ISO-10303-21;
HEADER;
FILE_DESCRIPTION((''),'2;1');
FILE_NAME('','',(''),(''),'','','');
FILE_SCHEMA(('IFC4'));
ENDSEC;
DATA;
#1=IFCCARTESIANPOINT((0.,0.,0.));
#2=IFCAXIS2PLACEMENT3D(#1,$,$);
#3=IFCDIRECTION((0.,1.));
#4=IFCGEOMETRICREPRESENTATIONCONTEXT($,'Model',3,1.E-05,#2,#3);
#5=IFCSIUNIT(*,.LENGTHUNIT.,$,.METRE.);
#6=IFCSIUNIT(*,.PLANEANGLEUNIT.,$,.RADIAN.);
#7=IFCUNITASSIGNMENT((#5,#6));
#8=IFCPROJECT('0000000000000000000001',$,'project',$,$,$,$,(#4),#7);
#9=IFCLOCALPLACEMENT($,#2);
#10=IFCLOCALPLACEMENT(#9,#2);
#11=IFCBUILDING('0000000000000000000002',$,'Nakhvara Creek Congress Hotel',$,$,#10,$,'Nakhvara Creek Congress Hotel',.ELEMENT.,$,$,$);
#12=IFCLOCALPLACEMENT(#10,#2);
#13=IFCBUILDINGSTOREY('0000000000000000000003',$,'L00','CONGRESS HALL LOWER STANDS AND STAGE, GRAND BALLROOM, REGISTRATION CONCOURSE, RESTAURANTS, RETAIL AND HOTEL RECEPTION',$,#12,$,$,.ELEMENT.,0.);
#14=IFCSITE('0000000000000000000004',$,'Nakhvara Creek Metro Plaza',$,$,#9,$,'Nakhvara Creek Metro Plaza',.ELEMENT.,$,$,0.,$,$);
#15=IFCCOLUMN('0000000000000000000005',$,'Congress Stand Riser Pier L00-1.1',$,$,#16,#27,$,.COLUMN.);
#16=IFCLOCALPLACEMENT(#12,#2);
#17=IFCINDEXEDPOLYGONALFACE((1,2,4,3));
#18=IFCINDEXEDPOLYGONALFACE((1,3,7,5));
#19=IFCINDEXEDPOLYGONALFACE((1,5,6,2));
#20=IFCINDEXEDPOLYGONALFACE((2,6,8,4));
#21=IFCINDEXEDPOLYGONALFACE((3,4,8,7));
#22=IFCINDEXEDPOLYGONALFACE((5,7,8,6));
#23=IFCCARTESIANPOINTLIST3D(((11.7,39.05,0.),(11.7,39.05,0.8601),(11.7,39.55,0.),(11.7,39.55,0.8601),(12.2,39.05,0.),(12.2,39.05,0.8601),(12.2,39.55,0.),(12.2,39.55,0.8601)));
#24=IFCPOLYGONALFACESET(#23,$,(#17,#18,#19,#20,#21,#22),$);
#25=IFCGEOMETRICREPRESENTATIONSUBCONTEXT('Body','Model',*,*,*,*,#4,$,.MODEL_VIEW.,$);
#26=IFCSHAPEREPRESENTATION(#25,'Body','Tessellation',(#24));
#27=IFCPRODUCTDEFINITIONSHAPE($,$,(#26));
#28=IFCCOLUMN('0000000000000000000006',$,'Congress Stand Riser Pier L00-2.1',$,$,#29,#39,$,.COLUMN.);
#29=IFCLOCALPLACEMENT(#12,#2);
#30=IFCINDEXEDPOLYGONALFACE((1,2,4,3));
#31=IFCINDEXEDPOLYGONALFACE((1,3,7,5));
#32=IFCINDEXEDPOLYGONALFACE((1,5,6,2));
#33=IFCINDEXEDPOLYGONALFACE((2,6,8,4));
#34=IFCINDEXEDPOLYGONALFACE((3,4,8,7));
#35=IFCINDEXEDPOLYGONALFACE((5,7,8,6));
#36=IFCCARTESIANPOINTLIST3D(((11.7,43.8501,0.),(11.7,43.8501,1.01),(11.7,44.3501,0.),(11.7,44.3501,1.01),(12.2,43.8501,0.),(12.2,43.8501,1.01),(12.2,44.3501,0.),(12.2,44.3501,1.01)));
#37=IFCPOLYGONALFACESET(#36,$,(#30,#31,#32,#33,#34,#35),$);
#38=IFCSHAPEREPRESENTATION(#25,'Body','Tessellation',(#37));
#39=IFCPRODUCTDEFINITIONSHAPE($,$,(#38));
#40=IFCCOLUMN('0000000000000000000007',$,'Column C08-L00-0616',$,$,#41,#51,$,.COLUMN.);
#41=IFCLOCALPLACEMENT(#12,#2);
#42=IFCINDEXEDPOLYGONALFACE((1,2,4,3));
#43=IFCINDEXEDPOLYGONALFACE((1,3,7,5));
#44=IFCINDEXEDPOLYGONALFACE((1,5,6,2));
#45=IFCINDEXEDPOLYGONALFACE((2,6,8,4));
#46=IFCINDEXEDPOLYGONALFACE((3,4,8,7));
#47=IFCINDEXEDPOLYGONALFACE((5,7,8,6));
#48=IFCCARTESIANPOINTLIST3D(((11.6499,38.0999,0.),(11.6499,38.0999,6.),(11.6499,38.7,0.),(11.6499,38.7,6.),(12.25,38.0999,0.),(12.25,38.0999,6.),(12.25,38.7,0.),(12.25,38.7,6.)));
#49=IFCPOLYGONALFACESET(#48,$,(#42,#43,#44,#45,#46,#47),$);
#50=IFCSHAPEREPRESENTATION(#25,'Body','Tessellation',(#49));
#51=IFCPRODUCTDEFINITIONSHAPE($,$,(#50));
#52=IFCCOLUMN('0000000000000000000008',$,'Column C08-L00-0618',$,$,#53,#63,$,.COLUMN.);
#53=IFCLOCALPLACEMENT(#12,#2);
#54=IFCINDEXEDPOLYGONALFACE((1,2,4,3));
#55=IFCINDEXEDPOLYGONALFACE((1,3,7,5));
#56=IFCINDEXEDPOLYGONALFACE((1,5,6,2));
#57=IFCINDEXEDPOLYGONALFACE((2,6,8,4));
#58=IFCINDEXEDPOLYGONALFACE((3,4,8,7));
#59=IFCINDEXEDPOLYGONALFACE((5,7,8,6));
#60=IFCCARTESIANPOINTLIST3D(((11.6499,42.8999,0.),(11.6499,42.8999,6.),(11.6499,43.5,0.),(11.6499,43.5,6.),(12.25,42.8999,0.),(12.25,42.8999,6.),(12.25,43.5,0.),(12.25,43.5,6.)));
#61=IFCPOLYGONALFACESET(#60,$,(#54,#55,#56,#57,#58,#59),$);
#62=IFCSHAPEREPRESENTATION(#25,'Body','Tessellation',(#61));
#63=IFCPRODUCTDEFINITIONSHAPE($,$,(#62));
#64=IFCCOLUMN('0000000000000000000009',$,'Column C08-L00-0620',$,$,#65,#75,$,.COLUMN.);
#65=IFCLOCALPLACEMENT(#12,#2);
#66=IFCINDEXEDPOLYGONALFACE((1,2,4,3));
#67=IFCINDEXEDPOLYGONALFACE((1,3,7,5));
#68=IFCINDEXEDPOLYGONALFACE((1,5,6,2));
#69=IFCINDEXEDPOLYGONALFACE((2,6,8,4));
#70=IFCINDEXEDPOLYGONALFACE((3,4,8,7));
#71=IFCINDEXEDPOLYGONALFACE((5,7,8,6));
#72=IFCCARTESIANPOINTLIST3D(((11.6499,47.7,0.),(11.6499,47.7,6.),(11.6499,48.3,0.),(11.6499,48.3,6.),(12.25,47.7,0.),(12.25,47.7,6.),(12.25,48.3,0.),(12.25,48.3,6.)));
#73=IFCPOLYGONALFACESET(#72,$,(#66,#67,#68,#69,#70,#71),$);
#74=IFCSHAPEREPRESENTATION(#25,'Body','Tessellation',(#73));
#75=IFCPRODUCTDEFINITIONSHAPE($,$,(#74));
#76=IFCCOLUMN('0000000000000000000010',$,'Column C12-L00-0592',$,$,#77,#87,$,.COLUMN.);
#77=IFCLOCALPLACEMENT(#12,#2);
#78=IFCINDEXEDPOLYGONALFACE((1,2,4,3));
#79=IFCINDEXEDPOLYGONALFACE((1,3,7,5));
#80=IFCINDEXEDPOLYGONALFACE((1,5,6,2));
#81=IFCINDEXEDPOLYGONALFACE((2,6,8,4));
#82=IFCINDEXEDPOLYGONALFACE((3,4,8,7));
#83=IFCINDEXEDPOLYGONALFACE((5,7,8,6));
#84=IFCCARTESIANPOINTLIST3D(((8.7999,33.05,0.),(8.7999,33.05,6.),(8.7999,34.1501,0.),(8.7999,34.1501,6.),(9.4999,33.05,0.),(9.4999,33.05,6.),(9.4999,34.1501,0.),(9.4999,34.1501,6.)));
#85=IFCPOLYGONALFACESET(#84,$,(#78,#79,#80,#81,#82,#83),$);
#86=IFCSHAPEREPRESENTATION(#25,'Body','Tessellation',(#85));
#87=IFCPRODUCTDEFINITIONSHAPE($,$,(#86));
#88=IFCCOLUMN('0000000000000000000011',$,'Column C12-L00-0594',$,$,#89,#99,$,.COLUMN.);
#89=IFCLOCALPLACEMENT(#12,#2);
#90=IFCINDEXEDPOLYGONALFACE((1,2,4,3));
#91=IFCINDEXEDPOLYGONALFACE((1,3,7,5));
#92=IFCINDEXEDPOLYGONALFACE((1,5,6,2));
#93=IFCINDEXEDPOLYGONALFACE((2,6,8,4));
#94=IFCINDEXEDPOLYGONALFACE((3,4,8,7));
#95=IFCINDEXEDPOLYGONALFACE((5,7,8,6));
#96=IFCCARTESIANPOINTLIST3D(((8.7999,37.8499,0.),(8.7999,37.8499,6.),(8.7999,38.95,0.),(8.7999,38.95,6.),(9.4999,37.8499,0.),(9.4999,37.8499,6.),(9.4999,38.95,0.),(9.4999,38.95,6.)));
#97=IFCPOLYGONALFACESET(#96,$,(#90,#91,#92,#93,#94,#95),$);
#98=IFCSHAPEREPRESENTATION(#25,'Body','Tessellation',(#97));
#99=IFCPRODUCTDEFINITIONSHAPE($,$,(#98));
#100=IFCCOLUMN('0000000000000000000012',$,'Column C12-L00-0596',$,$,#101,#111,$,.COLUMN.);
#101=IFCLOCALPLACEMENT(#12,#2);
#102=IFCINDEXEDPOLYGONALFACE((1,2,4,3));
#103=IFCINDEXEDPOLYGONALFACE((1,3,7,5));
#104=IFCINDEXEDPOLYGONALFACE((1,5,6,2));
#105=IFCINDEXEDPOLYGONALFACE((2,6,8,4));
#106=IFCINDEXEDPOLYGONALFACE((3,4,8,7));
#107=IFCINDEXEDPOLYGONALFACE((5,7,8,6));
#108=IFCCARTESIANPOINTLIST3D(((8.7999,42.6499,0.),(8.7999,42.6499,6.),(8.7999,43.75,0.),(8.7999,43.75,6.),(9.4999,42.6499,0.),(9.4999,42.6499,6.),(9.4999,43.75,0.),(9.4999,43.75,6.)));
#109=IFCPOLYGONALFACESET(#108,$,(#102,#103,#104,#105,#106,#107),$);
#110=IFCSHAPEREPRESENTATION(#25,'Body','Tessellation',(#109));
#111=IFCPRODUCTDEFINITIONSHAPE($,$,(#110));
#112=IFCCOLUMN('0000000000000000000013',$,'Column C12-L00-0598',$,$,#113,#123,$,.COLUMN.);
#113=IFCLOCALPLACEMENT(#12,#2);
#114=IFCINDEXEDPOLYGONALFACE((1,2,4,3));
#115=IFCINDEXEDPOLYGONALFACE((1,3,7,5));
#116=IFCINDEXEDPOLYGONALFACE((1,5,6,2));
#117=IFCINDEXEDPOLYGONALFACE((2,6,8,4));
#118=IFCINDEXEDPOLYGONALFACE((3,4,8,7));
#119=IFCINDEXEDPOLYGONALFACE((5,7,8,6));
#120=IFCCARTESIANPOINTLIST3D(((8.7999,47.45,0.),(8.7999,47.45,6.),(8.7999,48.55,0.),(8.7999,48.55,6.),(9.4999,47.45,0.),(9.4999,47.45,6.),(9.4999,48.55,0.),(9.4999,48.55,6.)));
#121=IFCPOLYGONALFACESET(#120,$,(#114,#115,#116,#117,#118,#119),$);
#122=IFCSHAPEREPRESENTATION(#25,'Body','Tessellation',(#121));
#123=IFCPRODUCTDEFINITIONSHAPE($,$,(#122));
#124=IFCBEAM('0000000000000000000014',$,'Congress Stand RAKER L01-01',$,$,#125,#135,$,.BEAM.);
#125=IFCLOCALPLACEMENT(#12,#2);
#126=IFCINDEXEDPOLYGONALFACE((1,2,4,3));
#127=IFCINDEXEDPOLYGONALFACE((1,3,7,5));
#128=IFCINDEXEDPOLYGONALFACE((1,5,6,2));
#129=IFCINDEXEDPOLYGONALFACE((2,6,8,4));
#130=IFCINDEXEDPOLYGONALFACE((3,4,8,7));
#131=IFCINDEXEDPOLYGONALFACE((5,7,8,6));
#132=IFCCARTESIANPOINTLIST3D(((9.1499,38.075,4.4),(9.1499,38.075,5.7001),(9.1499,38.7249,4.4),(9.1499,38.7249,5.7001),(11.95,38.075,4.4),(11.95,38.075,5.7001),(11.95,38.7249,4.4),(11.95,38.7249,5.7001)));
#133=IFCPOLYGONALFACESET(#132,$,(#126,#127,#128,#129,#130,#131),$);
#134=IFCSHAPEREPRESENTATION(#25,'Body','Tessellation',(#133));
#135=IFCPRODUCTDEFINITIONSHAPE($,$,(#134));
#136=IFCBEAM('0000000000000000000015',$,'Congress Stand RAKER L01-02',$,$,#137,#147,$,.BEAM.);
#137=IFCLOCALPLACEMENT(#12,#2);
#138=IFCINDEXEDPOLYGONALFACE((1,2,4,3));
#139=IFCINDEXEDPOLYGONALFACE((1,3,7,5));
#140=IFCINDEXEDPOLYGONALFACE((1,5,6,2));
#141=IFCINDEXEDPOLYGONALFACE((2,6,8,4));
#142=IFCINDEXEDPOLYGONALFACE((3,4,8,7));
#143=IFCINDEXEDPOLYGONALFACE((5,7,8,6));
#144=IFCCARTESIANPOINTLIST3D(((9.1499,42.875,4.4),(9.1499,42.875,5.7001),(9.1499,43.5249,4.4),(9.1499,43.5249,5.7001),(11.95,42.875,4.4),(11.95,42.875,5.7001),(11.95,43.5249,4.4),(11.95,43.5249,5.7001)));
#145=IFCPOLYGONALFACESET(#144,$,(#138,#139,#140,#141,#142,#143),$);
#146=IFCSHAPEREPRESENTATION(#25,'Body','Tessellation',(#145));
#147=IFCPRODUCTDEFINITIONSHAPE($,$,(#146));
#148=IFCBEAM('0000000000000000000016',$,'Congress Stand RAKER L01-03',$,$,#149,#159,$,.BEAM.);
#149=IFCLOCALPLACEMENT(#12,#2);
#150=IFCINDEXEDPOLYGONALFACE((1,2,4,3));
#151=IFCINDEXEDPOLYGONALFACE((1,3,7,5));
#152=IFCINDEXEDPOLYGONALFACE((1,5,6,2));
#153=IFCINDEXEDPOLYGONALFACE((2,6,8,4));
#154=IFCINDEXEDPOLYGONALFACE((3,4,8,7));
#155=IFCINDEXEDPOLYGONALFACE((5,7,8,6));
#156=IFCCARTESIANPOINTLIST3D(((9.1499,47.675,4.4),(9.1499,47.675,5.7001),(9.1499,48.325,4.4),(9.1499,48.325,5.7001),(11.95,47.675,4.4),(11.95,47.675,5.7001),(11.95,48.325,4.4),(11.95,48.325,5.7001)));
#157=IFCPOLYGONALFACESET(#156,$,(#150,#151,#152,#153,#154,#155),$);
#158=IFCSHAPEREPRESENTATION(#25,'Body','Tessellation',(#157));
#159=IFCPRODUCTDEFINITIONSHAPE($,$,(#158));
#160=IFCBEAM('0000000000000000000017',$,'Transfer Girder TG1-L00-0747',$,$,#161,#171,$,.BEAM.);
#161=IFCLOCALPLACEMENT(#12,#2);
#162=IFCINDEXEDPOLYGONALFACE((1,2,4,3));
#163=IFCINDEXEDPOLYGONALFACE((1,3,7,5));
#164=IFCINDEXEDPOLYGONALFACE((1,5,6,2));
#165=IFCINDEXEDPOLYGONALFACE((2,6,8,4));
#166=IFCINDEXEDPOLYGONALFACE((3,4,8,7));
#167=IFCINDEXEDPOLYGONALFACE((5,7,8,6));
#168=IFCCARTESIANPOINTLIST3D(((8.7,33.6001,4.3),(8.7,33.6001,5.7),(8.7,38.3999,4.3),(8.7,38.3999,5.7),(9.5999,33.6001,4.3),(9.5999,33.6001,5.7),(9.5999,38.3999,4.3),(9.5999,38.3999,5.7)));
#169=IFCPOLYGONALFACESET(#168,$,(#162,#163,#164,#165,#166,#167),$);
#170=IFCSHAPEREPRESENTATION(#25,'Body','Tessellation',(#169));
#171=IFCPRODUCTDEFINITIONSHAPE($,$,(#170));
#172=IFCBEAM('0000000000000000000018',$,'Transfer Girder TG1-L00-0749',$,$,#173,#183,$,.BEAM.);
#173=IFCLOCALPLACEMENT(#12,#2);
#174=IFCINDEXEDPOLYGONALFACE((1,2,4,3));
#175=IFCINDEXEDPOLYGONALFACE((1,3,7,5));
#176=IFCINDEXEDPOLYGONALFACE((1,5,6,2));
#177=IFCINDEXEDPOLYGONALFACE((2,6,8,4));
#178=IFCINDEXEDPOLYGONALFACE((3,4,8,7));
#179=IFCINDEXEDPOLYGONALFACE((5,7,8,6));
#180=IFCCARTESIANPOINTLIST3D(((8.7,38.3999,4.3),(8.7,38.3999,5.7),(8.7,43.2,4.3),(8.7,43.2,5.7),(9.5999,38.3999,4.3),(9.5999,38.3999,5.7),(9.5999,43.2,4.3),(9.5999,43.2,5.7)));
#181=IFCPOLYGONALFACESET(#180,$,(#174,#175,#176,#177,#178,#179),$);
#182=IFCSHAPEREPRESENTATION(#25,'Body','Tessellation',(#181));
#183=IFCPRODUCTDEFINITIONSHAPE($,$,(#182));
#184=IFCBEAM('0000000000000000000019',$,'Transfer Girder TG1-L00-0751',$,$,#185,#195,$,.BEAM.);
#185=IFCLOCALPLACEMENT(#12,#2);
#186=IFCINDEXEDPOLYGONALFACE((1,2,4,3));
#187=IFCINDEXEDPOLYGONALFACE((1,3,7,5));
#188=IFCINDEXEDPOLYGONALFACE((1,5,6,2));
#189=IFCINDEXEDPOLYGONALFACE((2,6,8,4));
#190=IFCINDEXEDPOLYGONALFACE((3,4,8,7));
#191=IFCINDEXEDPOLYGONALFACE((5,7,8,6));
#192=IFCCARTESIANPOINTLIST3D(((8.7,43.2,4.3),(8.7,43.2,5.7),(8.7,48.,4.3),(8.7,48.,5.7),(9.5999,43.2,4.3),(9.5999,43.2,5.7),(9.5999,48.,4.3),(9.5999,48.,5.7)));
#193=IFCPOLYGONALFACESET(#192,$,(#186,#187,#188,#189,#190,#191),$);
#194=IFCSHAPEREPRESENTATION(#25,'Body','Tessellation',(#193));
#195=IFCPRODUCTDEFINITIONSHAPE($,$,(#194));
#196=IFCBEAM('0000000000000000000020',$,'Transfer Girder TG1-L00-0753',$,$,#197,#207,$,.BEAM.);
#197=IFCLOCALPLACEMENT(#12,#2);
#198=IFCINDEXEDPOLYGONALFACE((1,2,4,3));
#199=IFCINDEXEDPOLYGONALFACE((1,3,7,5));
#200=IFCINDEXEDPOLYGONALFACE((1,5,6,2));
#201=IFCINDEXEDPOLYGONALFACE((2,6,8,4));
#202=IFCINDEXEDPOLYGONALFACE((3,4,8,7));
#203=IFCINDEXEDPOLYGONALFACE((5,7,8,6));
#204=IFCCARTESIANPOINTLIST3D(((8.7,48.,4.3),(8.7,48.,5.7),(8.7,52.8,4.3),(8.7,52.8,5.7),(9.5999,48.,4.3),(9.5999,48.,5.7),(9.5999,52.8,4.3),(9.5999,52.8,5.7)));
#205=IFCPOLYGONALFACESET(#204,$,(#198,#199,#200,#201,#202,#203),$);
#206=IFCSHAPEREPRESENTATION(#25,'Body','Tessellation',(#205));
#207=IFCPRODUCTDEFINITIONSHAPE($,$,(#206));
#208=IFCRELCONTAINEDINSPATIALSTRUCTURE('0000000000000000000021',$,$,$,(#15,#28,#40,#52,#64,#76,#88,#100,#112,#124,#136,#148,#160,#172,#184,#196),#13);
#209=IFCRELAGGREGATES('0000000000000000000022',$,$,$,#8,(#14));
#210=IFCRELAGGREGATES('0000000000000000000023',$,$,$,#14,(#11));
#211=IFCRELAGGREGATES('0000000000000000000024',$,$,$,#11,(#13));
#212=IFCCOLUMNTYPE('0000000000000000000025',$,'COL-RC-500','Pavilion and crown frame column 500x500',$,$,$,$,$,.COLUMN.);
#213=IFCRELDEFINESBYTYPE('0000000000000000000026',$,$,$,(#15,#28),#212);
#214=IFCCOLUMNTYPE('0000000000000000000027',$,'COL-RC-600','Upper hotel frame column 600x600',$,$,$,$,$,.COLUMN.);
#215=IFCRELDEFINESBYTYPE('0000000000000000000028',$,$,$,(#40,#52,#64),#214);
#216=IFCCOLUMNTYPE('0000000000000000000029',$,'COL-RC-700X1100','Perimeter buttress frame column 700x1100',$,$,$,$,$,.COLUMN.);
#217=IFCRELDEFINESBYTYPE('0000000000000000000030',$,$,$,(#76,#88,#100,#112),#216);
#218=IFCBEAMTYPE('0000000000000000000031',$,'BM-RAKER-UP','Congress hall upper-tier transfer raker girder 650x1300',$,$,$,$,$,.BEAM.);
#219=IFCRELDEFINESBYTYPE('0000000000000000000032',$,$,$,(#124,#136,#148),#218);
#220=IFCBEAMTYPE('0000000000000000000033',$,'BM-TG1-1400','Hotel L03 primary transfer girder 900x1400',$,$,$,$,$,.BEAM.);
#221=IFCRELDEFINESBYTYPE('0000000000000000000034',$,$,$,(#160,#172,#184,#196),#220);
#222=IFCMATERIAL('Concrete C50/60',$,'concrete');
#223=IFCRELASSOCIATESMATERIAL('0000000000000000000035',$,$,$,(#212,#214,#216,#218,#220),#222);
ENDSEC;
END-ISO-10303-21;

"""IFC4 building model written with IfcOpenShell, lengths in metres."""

from ifc_helpers import new_model, si_unit, direction, frame, origin, origin_2d, place, context, subcontext, project, spatial, rectangle, extrude, material, material_profile, profile_set, type_object, element, save


model = new_model("IFC4")

# Units and contexts
model_context = context("Model", 3, precision=1e-05, world=origin(), true_north=direction((0.0, 1.0)))
body_context = subcontext(model_context, "Body", "Model", "MODEL_VIEW")
ifc_project = project(units=[si_unit("LENGTHUNIT", "METRE"), si_unit("PLANEANGLEUNIT", "RADIAN")], contexts=[model_context])

# Site, building, storey
site_placement = place(None, origin())
site = spatial("IfcSite", under=ifc_project, at=site_placement, Name="Nakhvara Creek Metro Plaza", LongName="Nakhvara Creek Metro Plaza", CompositionType="ELEMENT", RefElevation=0.0)
building_placement = place(site_placement, origin())
building = spatial("IfcBuilding", under=site, at=building_placement, Name="Nakhvara Creek Congress Hotel", LongName="Nakhvara Creek Congress Hotel", CompositionType="ELEMENT")
storey_placement = place(building_placement, origin())
storey = spatial("IfcBuildingStorey", under=building, at=storey_placement, Name="L00", Description="CONGRESS HALL LOWER STANDS AND STAGE, GRAND BALLROOM, REGISTRATION CONCOURSE, RESTAURANTS, RETAIL AND HOTEL RECEPTION", CompositionType="ELEMENT", Elevation=0.0)

# Columns
ifc_material_1 = material(Name="Concrete C50/60", Category="concrete")
ifc_material_profile_1 = material_profile(ifc_material_1, rectangle(XDim=0.5, YDim=0.5, at=origin_2d()), Name="RC-COL 500x500", Category="LoadBearing")
ifc_profile_set_1 = profile_set([ifc_material_profile_1], Name="Concrete C50/60")
column_type_1 = type_object("IfcColumnType", Name="COL-RC-500", Description="Pavilion and crown frame column 500x500", PredefinedType="COLUMN", material=ifc_profile_set_1)
column_1_placement = place(storey_placement, frame((11.95, 39.3, 0.0), z_axis=(0.0, 0.0, 1.0), x_axis=(1.0, 0.0, 0.0)))
element("IfcColumn", 1, at=column_1_placement, inside=storey, type_object=column_type_1, Name="Congress Stand Riser Pier L00-1.1", PredefinedType="COLUMN", context=body_context, shape_type="SweptSolid", body=[
    extrude(rectangle(XDim=0.5, YDim=0.5, at=origin_2d()), origin(), (0.0, 0.0, 1.0), 0.8601),
])
column_2_placement = place(storey_placement, frame((11.95, 44.1001, 0.0), z_axis=(0.0, 0.0, 1.0), x_axis=(1.0, 0.0, 0.0)))
element("IfcColumn", 2, at=column_2_placement, inside=storey, type_object=column_type_1, Name="Congress Stand Riser Pier L00-2.1", PredefinedType="COLUMN", context=body_context, shape_type="SweptSolid", body=[
    extrude(rectangle(XDim=0.5, YDim=0.5, at=origin_2d()), origin(), (0.0, 0.0, 1.0), 1.01),
])
ifc_material_profile_2 = material_profile(ifc_material_1, rectangle(XDim=0.6001, YDim=0.6001, at=origin_2d()), Name="RC-COL 600x600", Category="LoadBearing")
ifc_profile_set_2 = profile_set([ifc_material_profile_2], Name="Concrete C50/60")
column_type_2 = type_object("IfcColumnType", Name="COL-RC-600", Description="Upper hotel frame column 600x600", PredefinedType="COLUMN", material=ifc_profile_set_2)
for number, where, z_axis, x_axis, name in (
    (3, (11.95, 38.3999, 0.0), (0.0, 0.0, 1.0), (1.0, 0.0, 0.0), "Column C08-L00-0616"),
    (4, (11.95, 43.2, 0.0), (0.0, 0.0, 1.0), (1.0, 0.0, 0.0), "Column C08-L00-0618"),
    (5, (11.95, 48.0, 0.0), (0.0, 0.0, 1.0), (1.0, 0.0, 0.0), "Column C08-L00-0620"),
):
    element("IfcColumn", number, at=place(storey_placement, frame(where, z_axis=z_axis, x_axis=x_axis)), inside=storey, type_object=column_type_2, Name=name, PredefinedType="COLUMN", context=body_context, shape_type="SweptSolid", body=[
        extrude(rectangle(XDim=0.6001, YDim=0.6001, at=origin_2d()), origin(), (0.0, 0.0, 1.0), 6.0),
    ])
ifc_material_profile_3 = material_profile(ifc_material_1, rectangle(XDim=0.7, YDim=1.1001, at=origin_2d()), Name="RC-COL 700x1100", Category="LoadBearing")
ifc_profile_set_3 = profile_set([ifc_material_profile_3], Name="Concrete C50/60")
column_type_3 = type_object("IfcColumnType", Name="COL-RC-700X1100", Description="Perimeter buttress frame column 700x1100", PredefinedType="COLUMN", material=ifc_profile_set_3)
for number, where, z_axis, x_axis, name in (
    (6, (9.1499, 33.6001, 0.0), (0.0, 0.0, 1.0), (1.0, 0.0, 0.0), "Column C12-L00-0592"),
    (7, (9.1499, 38.3999, 0.0), (0.0, 0.0, 1.0), (1.0, 0.0, 0.0), "Column C12-L00-0594"),
    (8, (9.1499, 43.2, 0.0), (0.0, 0.0, 1.0), (1.0, 0.0, 0.0), "Column C12-L00-0596"),
    (9, (9.1499, 48.0, 0.0), (0.0, 0.0, 1.0), (1.0, 0.0, 0.0), "Column C12-L00-0598"),
):
    element("IfcColumn", number, at=place(storey_placement, frame(where, z_axis=z_axis, x_axis=x_axis)), inside=storey, type_object=column_type_3, Name=name, PredefinedType="COLUMN", context=body_context, shape_type="SweptSolid", body=[
        extrude(rectangle(XDim=0.7, YDim=1.1001, at=origin_2d()), origin(), (0.0, 0.0, 1.0), 6.0),
    ])

# Beams
ifc_material_profile_4 = material_profile(ifc_material_1, rectangle(XDim=0.6499, YDim=1.3, at=origin_2d()), Name="RC-RAKER 650x1300", Category="LoadBearing")
ifc_profile_set_4 = profile_set([ifc_material_profile_4], Name="Concrete C50/60")
beam_type_1 = type_object("IfcBeamType", Name="BM-RAKER-UP", Description="Congress hall upper-tier transfer raker girder 650x1300", PredefinedType="BEAM", material=ifc_profile_set_4)
for number, where, z_axis, x_axis, name in (
    (10, (9.1499, 38.3999, 5.05), (1.0, 0.0, 0.0), (0.0, 1.0, 0.0), "Congress Stand RAKER L01-01"),
    (11, (9.1499, 43.2, 5.05), (1.0, 0.0, 0.0), (0.0, 1.0, 0.0), "Congress Stand RAKER L01-02"),
    (12, (9.1499, 48.0, 5.05), (1.0, 0.0, 0.0), (0.0, 1.0, 0.0), "Congress Stand RAKER L01-03"),
):
    element("IfcBeam", number, at=place(storey_placement, frame(where, z_axis=z_axis, x_axis=x_axis)), inside=storey, type_object=beam_type_1, Name=name, PredefinedType="BEAM", context=body_context, shape_type="SweptSolid", body=[
        extrude(rectangle(XDim=0.6499, YDim=1.3, at=origin_2d()), origin(), (0.0, 0.0, 1.0), 2.8),
    ])
ifc_material_profile_5 = material_profile(ifc_material_1, rectangle(XDim=0.8999, YDim=1.3999, at=origin_2d()), Name="RC-TG 900x1400", Category="LoadBearing")
ifc_profile_set_5 = profile_set([ifc_material_profile_5], Name="Concrete C50/60")
beam_type_2 = type_object("IfcBeamType", Name="BM-TG1-1400", Description="Hotel L03 primary transfer girder 900x1400", PredefinedType="BEAM", material=ifc_profile_set_5)
beam_placement = place(storey_placement, frame((9.1499, 33.6001, 5.0), z_axis=(0.0, 1.0, 0.0), x_axis=(-1.0, 0.0, 0.0)))
element("IfcBeam", 13, at=beam_placement, inside=storey, type_object=beam_type_2, Name="Transfer Girder TG1-L00-0747", PredefinedType="BEAM", context=body_context, shape_type="SweptSolid", body=[
    extrude(rectangle(XDim=0.8999, YDim=1.3999, at=origin_2d()), origin(), (0.0, 0.0, 1.0), 4.7998),
])
for number, where, z_axis, x_axis, name in (
    (14, (9.1499, 38.3999, 5.0), (0.0, 1.0, 0.0), (-1.0, 0.0, 0.0), "Transfer Girder TG1-L00-0749"),
    (15, (9.1499, 43.2, 5.0), (0.0, 1.0, 0.0), (-1.0, 0.0, 0.0), "Transfer Girder TG1-L00-0751"),
    (16, (9.1499, 48.0, 5.0), (0.0, 1.0, 0.0), (-1.0, 0.0, 0.0), "Transfer Girder TG1-L00-0753"),
):
    element("IfcBeam", number, at=place(storey_placement, frame(where, z_axis=z_axis, x_axis=x_axis)), inside=storey, type_object=beam_type_2, Name=name, PredefinedType="BEAM", context=body_context, shape_type="SweptSolid", body=[
        extrude(rectangle(XDim=0.8999, YDim=1.3999, at=origin_2d()), origin(), (0.0, 0.0, 1.0), 4.8),
    ])

save(model, "model.ifc")
